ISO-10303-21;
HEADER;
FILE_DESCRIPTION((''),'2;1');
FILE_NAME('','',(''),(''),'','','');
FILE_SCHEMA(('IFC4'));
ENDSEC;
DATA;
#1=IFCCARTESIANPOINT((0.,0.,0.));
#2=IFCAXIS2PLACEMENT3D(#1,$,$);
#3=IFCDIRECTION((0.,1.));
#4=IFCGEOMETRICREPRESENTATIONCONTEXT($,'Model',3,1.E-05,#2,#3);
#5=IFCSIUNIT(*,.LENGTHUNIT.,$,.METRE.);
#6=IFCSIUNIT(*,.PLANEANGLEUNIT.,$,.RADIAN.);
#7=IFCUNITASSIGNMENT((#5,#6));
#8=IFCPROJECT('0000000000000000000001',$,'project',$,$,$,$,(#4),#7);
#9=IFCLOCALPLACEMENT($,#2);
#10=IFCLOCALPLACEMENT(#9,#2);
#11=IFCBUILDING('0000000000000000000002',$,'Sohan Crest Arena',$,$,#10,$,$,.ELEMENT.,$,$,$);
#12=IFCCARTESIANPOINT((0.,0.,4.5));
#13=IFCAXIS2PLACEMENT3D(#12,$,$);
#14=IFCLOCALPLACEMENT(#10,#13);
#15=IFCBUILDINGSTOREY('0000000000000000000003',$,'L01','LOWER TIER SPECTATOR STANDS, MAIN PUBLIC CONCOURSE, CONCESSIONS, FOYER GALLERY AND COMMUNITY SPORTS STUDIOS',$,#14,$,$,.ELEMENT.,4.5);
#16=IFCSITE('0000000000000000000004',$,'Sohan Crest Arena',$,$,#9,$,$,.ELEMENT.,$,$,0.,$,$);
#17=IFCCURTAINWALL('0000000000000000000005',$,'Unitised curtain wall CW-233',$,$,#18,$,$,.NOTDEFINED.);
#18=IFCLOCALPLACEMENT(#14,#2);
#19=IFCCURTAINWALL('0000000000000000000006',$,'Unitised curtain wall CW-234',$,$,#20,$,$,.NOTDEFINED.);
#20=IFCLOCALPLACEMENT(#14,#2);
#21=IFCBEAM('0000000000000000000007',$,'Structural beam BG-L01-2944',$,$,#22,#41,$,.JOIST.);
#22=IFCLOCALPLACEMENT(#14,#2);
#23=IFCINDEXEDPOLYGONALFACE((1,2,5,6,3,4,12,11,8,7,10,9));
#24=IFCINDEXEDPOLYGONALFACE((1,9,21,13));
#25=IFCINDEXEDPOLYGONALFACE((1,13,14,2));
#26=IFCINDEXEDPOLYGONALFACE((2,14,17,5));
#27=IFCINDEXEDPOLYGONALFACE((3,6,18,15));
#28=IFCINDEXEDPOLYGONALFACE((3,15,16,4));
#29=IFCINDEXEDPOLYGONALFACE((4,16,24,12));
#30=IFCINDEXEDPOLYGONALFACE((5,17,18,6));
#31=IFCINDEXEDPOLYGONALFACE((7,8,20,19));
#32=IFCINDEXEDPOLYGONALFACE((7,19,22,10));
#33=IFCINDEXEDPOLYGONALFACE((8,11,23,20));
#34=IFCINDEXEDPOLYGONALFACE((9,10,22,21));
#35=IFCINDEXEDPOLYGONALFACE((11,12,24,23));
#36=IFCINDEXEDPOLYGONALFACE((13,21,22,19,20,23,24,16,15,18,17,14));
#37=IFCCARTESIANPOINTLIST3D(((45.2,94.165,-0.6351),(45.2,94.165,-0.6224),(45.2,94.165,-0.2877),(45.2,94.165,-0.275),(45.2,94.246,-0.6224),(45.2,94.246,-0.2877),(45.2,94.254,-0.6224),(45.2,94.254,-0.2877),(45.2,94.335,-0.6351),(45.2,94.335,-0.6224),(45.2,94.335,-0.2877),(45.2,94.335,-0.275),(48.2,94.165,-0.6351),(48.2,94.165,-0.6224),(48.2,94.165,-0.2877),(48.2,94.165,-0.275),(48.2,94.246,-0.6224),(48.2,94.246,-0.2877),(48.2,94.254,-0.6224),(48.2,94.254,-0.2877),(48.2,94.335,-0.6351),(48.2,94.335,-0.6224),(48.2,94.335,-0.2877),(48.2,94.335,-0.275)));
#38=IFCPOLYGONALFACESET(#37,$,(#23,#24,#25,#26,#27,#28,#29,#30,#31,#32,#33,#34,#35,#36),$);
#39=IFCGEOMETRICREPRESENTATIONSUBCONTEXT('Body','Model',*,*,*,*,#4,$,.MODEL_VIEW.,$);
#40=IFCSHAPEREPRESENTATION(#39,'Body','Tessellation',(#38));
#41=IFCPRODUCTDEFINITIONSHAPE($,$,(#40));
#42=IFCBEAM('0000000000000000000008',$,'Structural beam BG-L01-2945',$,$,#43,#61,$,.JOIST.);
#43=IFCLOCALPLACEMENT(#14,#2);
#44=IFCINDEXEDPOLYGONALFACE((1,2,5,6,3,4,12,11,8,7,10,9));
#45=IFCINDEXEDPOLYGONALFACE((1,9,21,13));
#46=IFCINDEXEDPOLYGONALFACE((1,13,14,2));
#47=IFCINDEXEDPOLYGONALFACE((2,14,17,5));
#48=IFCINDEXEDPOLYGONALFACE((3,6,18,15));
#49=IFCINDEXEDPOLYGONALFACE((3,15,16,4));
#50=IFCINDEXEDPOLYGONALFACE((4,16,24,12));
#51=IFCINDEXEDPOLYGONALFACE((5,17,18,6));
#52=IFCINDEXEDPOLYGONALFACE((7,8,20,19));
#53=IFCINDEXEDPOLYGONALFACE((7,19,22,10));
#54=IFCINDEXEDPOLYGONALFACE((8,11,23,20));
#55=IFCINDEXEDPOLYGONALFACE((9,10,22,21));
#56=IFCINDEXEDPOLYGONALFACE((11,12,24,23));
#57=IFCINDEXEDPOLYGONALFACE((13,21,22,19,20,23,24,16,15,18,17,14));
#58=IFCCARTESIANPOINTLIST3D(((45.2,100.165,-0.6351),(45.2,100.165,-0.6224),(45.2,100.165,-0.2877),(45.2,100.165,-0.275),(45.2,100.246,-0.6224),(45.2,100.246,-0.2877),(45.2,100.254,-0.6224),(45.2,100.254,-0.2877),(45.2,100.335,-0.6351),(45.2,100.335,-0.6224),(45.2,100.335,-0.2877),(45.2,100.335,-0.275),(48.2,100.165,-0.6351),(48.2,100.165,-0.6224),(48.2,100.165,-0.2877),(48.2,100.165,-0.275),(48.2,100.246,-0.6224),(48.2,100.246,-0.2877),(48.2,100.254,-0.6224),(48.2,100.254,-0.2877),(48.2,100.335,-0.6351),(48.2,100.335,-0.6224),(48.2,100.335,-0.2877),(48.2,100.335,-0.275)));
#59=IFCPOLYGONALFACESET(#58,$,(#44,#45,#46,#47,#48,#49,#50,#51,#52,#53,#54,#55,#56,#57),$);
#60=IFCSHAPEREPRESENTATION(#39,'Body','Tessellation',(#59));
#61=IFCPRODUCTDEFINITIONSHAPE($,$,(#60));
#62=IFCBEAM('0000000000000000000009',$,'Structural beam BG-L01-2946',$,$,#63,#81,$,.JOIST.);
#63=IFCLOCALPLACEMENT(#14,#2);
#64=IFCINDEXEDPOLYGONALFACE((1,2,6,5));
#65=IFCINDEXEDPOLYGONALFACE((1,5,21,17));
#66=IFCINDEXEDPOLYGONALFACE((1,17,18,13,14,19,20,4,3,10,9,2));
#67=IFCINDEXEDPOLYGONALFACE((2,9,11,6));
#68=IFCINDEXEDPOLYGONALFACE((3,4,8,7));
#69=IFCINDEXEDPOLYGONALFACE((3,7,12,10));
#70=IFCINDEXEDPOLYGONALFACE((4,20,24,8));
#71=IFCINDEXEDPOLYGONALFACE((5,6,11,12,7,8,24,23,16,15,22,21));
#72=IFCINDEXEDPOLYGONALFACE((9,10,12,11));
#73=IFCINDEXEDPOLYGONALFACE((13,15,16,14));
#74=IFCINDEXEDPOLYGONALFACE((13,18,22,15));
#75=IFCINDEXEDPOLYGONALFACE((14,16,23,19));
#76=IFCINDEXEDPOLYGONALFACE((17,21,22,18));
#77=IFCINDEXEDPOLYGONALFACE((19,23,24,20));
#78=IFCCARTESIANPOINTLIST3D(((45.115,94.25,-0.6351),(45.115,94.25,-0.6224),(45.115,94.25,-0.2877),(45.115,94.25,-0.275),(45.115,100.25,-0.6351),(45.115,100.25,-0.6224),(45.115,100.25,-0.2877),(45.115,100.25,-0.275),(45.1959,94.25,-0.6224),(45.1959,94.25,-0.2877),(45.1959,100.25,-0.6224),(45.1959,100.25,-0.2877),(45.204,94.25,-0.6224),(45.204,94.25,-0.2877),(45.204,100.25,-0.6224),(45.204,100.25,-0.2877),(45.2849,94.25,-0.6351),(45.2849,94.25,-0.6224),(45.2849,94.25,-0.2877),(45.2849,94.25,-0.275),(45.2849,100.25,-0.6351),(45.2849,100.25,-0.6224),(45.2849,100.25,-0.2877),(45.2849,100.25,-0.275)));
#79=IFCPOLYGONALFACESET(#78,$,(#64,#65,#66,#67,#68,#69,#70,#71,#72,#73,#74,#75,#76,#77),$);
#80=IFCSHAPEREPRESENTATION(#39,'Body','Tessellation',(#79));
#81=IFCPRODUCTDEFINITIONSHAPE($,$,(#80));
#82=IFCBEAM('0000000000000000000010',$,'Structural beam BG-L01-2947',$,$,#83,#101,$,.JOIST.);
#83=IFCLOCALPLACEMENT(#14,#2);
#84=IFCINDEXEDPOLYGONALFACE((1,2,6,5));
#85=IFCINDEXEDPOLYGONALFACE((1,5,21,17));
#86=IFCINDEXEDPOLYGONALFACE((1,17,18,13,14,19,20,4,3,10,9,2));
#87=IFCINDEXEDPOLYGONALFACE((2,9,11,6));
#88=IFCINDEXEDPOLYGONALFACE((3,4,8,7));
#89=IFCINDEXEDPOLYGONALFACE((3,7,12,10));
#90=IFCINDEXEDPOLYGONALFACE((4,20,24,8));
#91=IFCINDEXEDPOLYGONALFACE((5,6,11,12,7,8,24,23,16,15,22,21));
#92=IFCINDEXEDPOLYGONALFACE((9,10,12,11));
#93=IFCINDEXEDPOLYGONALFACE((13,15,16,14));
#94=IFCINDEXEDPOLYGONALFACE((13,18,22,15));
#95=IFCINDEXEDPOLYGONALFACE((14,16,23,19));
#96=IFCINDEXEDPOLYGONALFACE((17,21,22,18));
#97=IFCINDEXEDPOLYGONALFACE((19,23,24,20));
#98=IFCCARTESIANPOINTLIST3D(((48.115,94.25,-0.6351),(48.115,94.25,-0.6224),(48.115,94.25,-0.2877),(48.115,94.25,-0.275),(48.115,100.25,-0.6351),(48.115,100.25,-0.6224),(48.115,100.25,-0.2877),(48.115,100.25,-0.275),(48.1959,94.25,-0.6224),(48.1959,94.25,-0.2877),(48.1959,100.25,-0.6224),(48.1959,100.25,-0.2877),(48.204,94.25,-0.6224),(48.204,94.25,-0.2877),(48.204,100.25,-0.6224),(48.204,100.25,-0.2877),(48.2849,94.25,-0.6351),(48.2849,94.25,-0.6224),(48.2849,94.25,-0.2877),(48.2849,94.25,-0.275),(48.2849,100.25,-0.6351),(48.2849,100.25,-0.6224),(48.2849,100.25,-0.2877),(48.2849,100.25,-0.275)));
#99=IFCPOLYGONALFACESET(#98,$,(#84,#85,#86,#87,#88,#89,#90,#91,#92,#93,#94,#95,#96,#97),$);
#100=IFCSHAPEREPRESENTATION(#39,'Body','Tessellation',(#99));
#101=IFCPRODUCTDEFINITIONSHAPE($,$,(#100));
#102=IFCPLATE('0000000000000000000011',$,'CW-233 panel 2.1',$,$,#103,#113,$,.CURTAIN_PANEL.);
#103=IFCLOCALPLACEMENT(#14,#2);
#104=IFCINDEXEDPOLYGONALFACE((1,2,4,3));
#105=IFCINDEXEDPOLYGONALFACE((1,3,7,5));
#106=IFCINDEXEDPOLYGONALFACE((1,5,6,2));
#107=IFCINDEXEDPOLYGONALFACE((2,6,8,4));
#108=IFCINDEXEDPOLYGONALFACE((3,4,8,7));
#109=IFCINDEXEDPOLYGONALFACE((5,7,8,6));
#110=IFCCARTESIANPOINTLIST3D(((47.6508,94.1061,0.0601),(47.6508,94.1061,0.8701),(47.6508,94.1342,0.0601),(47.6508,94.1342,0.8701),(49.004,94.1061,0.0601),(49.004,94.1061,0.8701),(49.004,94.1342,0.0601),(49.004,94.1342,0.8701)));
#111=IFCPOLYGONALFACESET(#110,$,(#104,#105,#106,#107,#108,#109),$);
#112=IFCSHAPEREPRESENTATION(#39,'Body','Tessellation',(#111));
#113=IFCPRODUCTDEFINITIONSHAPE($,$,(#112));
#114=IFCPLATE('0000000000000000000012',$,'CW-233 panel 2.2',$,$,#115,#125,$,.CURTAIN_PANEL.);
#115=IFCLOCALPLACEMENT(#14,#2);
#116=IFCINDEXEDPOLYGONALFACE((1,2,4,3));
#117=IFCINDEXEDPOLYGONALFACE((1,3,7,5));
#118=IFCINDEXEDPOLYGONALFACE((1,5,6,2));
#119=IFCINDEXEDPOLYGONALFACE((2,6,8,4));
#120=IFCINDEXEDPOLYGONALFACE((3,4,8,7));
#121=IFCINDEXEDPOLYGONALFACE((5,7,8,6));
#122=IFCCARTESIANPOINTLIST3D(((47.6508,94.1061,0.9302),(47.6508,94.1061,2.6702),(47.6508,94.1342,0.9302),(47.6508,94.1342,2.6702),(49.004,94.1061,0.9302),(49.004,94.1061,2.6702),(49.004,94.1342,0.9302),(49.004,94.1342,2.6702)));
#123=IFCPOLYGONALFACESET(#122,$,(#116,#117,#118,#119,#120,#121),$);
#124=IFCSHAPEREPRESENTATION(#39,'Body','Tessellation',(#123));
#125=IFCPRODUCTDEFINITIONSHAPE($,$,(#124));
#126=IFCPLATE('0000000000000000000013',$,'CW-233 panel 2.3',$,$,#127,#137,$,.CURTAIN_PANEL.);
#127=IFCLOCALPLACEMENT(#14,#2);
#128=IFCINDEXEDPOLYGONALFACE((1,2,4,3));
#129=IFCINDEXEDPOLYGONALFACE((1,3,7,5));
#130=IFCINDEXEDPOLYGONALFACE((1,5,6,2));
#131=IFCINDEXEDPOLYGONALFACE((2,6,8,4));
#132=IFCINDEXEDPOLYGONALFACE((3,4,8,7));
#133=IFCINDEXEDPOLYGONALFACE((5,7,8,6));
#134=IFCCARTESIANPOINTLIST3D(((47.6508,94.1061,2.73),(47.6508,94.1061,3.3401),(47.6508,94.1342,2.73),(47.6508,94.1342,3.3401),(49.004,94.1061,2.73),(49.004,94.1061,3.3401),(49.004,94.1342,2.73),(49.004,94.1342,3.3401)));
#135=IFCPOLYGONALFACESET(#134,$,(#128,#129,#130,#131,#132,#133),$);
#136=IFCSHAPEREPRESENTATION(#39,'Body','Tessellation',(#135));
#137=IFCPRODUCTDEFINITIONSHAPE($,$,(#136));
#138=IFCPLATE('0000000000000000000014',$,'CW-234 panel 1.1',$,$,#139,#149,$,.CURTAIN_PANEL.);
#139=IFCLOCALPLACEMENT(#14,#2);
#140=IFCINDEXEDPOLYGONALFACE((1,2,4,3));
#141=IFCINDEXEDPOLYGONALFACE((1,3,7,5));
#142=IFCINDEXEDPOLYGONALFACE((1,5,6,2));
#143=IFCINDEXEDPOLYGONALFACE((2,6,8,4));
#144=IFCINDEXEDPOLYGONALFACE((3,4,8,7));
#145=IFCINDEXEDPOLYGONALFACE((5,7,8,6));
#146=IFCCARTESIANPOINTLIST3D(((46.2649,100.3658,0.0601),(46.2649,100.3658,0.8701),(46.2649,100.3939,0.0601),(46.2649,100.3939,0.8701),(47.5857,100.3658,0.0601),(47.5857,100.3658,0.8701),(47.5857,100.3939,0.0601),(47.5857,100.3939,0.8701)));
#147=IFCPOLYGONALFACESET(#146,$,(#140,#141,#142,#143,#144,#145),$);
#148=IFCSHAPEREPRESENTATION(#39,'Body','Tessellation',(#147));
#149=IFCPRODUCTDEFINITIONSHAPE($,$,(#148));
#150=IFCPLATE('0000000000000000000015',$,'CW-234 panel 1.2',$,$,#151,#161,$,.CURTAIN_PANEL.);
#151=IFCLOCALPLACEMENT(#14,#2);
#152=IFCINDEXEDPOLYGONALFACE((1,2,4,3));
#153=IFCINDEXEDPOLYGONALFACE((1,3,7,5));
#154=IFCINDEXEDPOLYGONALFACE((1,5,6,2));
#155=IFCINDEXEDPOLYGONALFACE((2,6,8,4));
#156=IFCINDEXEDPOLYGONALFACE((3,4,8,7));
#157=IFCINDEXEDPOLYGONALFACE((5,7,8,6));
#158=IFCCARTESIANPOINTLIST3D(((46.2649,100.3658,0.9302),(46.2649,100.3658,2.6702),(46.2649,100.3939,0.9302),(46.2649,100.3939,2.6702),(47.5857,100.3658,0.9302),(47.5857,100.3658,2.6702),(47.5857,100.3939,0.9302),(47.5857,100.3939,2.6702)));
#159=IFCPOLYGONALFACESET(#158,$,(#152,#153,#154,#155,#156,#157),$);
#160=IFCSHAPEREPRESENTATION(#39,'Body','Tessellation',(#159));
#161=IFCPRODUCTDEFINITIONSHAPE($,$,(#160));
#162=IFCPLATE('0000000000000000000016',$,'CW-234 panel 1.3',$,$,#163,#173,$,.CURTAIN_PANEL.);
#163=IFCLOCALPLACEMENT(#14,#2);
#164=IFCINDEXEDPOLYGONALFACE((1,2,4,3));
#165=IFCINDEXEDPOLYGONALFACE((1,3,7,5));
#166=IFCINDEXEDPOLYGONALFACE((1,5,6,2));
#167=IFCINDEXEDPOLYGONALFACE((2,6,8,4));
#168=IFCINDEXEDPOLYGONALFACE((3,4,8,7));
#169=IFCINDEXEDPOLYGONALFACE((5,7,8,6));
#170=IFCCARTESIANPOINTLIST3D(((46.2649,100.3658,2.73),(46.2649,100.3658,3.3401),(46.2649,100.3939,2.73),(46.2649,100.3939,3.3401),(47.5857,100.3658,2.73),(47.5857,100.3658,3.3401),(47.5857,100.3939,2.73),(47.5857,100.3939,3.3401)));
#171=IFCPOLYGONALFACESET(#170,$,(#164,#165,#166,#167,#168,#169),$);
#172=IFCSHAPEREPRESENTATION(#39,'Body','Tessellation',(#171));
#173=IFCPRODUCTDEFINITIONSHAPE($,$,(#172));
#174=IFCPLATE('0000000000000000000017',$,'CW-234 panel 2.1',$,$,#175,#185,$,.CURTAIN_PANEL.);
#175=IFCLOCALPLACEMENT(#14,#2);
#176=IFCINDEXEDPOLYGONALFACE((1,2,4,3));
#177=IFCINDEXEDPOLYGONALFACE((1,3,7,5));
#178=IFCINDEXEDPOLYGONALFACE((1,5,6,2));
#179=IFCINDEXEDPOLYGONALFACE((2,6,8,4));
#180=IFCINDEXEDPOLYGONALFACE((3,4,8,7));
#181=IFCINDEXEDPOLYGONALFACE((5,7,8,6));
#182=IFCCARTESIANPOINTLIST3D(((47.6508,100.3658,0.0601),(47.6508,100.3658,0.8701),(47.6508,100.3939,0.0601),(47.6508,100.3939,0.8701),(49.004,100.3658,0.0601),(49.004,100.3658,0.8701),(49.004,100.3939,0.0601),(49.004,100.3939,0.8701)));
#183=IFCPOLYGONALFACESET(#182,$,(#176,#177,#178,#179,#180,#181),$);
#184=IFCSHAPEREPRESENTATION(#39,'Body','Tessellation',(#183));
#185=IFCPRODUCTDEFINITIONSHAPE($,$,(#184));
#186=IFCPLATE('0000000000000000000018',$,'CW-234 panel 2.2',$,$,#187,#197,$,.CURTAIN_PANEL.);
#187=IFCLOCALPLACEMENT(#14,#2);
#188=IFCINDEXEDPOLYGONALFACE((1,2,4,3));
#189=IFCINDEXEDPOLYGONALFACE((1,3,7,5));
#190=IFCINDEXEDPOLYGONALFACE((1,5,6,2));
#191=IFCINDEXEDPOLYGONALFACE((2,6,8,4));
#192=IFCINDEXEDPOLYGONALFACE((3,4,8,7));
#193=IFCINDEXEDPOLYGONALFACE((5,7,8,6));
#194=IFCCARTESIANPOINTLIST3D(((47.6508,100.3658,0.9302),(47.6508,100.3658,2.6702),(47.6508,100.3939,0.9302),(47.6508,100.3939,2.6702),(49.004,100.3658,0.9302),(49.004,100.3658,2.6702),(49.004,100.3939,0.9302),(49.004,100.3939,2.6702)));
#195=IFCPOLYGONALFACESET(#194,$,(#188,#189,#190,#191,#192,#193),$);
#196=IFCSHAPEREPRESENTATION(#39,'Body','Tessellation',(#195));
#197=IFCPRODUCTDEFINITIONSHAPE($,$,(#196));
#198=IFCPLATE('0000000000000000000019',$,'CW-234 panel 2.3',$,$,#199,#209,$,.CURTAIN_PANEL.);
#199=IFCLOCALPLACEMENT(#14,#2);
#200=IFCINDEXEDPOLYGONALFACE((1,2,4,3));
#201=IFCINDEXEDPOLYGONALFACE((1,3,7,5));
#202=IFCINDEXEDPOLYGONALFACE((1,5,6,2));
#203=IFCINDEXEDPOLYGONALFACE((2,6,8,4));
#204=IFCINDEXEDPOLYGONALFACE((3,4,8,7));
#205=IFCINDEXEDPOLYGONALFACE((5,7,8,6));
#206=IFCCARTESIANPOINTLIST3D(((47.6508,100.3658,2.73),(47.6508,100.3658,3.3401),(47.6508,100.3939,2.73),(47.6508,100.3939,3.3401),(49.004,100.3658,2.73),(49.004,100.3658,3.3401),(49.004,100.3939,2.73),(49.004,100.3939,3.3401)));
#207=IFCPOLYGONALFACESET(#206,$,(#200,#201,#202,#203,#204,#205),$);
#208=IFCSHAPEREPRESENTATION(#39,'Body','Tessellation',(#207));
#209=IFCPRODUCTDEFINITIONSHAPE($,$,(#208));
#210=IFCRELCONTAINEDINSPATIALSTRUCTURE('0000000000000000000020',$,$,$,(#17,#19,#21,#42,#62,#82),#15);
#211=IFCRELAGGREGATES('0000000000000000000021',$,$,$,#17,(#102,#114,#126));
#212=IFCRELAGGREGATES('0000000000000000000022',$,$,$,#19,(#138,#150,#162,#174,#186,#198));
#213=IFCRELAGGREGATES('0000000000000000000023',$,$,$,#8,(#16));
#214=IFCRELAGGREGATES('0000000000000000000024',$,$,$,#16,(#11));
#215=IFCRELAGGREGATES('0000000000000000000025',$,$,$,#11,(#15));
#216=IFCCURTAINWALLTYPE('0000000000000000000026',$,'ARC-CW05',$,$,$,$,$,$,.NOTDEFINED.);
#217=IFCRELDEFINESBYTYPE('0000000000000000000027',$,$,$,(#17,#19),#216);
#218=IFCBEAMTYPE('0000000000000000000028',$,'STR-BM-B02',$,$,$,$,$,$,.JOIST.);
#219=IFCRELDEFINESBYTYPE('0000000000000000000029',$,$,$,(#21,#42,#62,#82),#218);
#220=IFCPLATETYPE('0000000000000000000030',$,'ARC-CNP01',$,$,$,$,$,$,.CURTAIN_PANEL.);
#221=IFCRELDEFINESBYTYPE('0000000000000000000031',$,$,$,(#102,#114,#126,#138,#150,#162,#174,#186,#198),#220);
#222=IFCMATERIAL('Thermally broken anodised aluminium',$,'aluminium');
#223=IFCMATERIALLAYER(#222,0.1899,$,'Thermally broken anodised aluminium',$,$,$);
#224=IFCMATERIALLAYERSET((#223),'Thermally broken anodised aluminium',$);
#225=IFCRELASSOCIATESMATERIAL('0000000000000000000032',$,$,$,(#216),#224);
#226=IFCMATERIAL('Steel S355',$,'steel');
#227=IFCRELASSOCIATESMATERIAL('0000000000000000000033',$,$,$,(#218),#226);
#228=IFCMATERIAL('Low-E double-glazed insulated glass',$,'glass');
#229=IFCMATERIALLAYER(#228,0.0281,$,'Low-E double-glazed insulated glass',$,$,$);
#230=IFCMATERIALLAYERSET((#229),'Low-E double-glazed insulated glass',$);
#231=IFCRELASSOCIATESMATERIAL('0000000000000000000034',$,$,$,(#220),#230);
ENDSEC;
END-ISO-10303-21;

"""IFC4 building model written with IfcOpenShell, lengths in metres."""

from ifc_helpers import new_model, si_unit, direction, frame, origin, origin_2d, place, context, subcontext, project, spatial, rectangle, i_section, extrude, material, layer, layer_set, material_profile, profile_set, type_object, element, aggregate, save


model = new_model("IFC4")

# Units and contexts
model_context = context("Model", 3, precision=1e-05, world=origin(), true_north=direction((0.0, 1.0)))
body_context = subcontext(model_context, "Body", "Model", "MODEL_VIEW")
ifc_project = project(units=[si_unit("LENGTHUNIT", "METRE"), si_unit("PLANEANGLEUNIT", "RADIAN")], contexts=[model_context])

# Site, building, storey
site_placement = place(None, origin())
site = spatial("IfcSite", under=ifc_project, at=site_placement, Name="Sohan Crest Arena", CompositionType="ELEMENT", RefElevation=0.0)
building_placement = place(site_placement, origin())
building = spatial("IfcBuilding", under=site, at=building_placement, Name="Sohan Crest Arena", CompositionType="ELEMENT")
storey_placement = place(building_placement, frame((0.0, 0.0, 4.5)))
storey = spatial("IfcBuildingStorey", under=building, at=storey_placement, Name="L01", Description="LOWER TIER SPECTATOR STANDS, MAIN PUBLIC CONCOURSE, CONCESSIONS, FOYER GALLERY AND COMMUNITY SPORTS STUDIOS", CompositionType="ELEMENT", Elevation=4.5)

# Shared definitions
ifc_material_1 = material(Name="Steel S355", Category="steel")

# Curtain wall
ifc_material_2 = material(Name="Thermally broken anodised aluminium", Category="aluminium")
ifc_layer_1 = layer(ifc_material_2, 0.1899, Name="Thermally broken anodised aluminium")
ifc_layer_set_1 = layer_set([ifc_layer_1], Name="Thermally broken anodised aluminium")
curtain_wall_type = type_object("IfcCurtainWallType", Name="ARC-CW05", PredefinedType="NOTDEFINED", material=ifc_layer_set_1)
curtain_wall_1_placement = place(storey_placement, origin())
curtain_wall_1 = element("IfcCurtainWall", 1, at=curtain_wall_1_placement, inside=storey, type_object=curtain_wall_type, Name="Unitised curtain wall CW-233", PredefinedType="NOTDEFINED")

# Curtain wall
curtain_wall_2_placement = place(storey_placement, origin())
curtain_wall_2 = element("IfcCurtainWall", 2, at=curtain_wall_2_placement, inside=storey, type_object=curtain_wall_type, Name="Unitised curtain wall CW-234", PredefinedType="NOTDEFINED")

# Beams
ifc_material_profile_1 = material_profile(ifc_material_1, i_section(OverallWidth=0.1699, OverallDepth=0.3601, WebThickness=0.0081, FlangeThickness=0.0127, at=origin_2d()), Name="IPE 360")
ifc_profile_set_1 = profile_set([ifc_material_profile_1], Name="Steel S355")
beam_type = type_object("IfcBeamType", Name="STR-BM-B02", PredefinedType="JOIST", material=ifc_profile_set_1)
for number, where, z_axis, x_axis, name in (
    (3, (45.2, 94.25, -0.4551), (1.0, 0.0, 0.0), (0.0, 1.0, 0.0), "Structural beam BG-L01-2944"),
    (4, (45.2, 100.25, -0.4551), (1.0, 0.0, 0.0), (0.0, 1.0, 0.0), "Structural beam BG-L01-2945"),
):
    element("IfcBeam", number, at=place(storey_placement, frame(where, z_axis=z_axis, x_axis=x_axis)), inside=storey, type_object=beam_type, Name=name, PredefinedType="JOIST", context=body_context, shape_type="SweptSolid", body=[
        extrude(i_section(OverallWidth=0.1699, OverallDepth=0.3601, WebThickness=0.0081, FlangeThickness=0.0127, at=origin_2d()), origin(), (0.0, 0.0, 1.0), 3.0),
    ])
for number, where, z_axis, x_axis, name in (
    (5, (45.2, 94.25, -0.4551), (0.0, 1.0, 0.0), (-1.0, 0.0, 0.0), "Structural beam BG-L01-2946"),
    (6, (48.2, 94.25, -0.4551), (0.0, 1.0, 0.0), (-1.0, 0.0, 0.0), "Structural beam BG-L01-2947"),
):
    element("IfcBeam", number, at=place(storey_placement, frame(where, z_axis=z_axis, x_axis=x_axis)), inside=storey, type_object=beam_type, Name=name, PredefinedType="JOIST", context=body_context, shape_type="SweptSolid", body=[
        extrude(i_section(OverallWidth=0.1699, OverallDepth=0.3601, WebThickness=0.0081, FlangeThickness=0.0127, at=origin_2d()), origin(), (0.0, 0.0, 1.0), 6.0),
    ])

# Plates
ifc_material_3 = material(Name="Low-E double-glazed insulated glass", Category="glass")
ifc_layer_2 = layer(ifc_material_3, 0.0281, Name="Low-E double-glazed insulated glass")
ifc_layer_set_2 = layer_set([ifc_layer_2], Name="Low-E double-glazed insulated glass")
plate_type_1 = type_object("IfcPlateType", Name="ARC-CNP01", PredefinedType="CURTAIN_PANEL", material=ifc_layer_set_2)
plate_1_placement = place(storey_placement, frame((48.3274, 94.1201, 0.0601), z_axis=(0.0, 0.0, 1.0), x_axis=(1.0, 0.0, 0.0)))
plate_1 = element("IfcPlate", 7, at=plate_1_placement, type_object=plate_type_1, Name="CW-233 panel 2.1", PredefinedType="CURTAIN_PANEL", context=body_context, shape_type="SweptSolid", body=[
    extrude(rectangle(XDim=1.3533, YDim=0.0281, at=origin_2d()), origin(), (0.0, 0.0, 1.0), 0.8101),
])
plate_2_placement = place(storey_placement, frame((48.3274, 94.1201, 0.9302), z_axis=(0.0, 0.0, 1.0), x_axis=(1.0, 0.0, 0.0)))
plate_2 = element("IfcPlate", 8, at=plate_2_placement, type_object=plate_type_1, Name="CW-233 panel 2.2", PredefinedType="CURTAIN_PANEL", context=body_context, shape_type="SweptSolid", body=[
    extrude(rectangle(XDim=1.3533, YDim=0.0281, at=origin_2d()), origin(), (0.0, 0.0, 1.0), 1.74),
])
plate_3_placement = place(storey_placement, frame((48.3274, 94.1201, 2.73), z_axis=(0.0, 0.0, 1.0), x_axis=(1.0, 0.0, 0.0)))
plate_3 = element("IfcPlate", 9, at=plate_3_placement, type_object=plate_type_1, Name="CW-233 panel 2.3", PredefinedType="CURTAIN_PANEL", context=body_context, shape_type="SweptSolid", body=[
    extrude(rectangle(XDim=1.3533, YDim=0.0281, at=origin_2d()), origin(), (0.0, 0.0, 1.0), 0.6101),
])
aggregate(curtain_wall_1, [plate_1, plate_2, plate_3])
plate_4_placement = place(storey_placement, frame((46.9253, 100.3799, 0.0601), z_axis=(0.0, 0.0, 1.0), x_axis=(1.0, 0.0, 0.0)))
plate_4 = element("IfcPlate", 10, at=plate_4_placement, type_object=plate_type_1, Name="CW-234 panel 1.1", PredefinedType="CURTAIN_PANEL", context=body_context, shape_type="SweptSolid", body=[
    extrude(rectangle(XDim=1.3208, YDim=0.0281, at=origin_2d()), origin(), (0.0, 0.0, 1.0), 0.8101),
])
plate_5_placement = place(storey_placement, frame((46.9253, 100.3799, 0.9302), z_axis=(0.0, 0.0, 1.0), x_axis=(1.0, 0.0, 0.0)))
plate_5 = element("IfcPlate", 11, at=plate_5_placement, type_object=plate_type_1, Name="CW-234 panel 1.2", PredefinedType="CURTAIN_PANEL", context=body_context, shape_type="SweptSolid", body=[
    extrude(rectangle(XDim=1.3208, YDim=0.0281, at=origin_2d()), origin(), (0.0, 0.0, 1.0), 1.74),
])
plate_6_placement = place(storey_placement, frame((46.9253, 100.3799, 2.73), z_axis=(0.0, 0.0, 1.0), x_axis=(1.0, 0.0, 0.0)))
plate_6 = element("IfcPlate", 12, at=plate_6_placement, type_object=plate_type_1, Name="CW-234 panel 1.3", PredefinedType="CURTAIN_PANEL", context=body_context, shape_type="SweptSolid", body=[
    extrude(rectangle(XDim=1.3208, YDim=0.0281, at=origin_2d()), origin(), (0.0, 0.0, 1.0), 0.6101),
])
plate_7_placement = place(storey_placement, frame((48.3274, 100.3799, 0.0601), z_axis=(0.0, 0.0, 1.0), x_axis=(1.0, 0.0, 0.0)))
plate_7 = element("IfcPlate", 13, at=plate_7_placement, type_object=plate_type_1, Name="CW-234 panel 2.1", PredefinedType="CURTAIN_PANEL", context=body_context, shape_type="SweptSolid", body=[
    extrude(rectangle(XDim=1.3533, YDim=0.0281, at=origin_2d()), origin(), (0.0, 0.0, 1.0), 0.8101),
])
plate_8_placement = place(storey_placement, frame((48.3274, 100.3799, 0.9302), z_axis=(0.0, 0.0, 1.0), x_axis=(1.0, 0.0, 0.0)))
plate_8 = element("IfcPlate", 14, at=plate_8_placement, type_object=plate_type_1, Name="CW-234 panel 2.2", PredefinedType="CURTAIN_PANEL", context=body_context, shape_type="SweptSolid", body=[
    extrude(rectangle(XDim=1.3533, YDim=0.0281, at=origin_2d()), origin(), (0.0, 0.0, 1.0), 1.74),
])
plate_9_placement = place(storey_placement, frame((48.3274, 100.3799, 2.73), z_axis=(0.0, 0.0, 1.0), x_axis=(1.0, 0.0, 0.0)))
plate_9 = element("IfcPlate", 15, at=plate_9_placement, type_object=plate_type_1, Name="CW-234 panel 2.3", PredefinedType="CURTAIN_PANEL", context=body_context, shape_type="SweptSolid", body=[
    extrude(rectangle(XDim=1.3533, YDim=0.0281, at=origin_2d()), origin(), (0.0, 0.0, 1.0), 0.6101),
])
aggregate(curtain_wall_2, [plate_4, plate_5, plate_6, plate_7, plate_8, plate_9])

save(model, "model.ifc")
